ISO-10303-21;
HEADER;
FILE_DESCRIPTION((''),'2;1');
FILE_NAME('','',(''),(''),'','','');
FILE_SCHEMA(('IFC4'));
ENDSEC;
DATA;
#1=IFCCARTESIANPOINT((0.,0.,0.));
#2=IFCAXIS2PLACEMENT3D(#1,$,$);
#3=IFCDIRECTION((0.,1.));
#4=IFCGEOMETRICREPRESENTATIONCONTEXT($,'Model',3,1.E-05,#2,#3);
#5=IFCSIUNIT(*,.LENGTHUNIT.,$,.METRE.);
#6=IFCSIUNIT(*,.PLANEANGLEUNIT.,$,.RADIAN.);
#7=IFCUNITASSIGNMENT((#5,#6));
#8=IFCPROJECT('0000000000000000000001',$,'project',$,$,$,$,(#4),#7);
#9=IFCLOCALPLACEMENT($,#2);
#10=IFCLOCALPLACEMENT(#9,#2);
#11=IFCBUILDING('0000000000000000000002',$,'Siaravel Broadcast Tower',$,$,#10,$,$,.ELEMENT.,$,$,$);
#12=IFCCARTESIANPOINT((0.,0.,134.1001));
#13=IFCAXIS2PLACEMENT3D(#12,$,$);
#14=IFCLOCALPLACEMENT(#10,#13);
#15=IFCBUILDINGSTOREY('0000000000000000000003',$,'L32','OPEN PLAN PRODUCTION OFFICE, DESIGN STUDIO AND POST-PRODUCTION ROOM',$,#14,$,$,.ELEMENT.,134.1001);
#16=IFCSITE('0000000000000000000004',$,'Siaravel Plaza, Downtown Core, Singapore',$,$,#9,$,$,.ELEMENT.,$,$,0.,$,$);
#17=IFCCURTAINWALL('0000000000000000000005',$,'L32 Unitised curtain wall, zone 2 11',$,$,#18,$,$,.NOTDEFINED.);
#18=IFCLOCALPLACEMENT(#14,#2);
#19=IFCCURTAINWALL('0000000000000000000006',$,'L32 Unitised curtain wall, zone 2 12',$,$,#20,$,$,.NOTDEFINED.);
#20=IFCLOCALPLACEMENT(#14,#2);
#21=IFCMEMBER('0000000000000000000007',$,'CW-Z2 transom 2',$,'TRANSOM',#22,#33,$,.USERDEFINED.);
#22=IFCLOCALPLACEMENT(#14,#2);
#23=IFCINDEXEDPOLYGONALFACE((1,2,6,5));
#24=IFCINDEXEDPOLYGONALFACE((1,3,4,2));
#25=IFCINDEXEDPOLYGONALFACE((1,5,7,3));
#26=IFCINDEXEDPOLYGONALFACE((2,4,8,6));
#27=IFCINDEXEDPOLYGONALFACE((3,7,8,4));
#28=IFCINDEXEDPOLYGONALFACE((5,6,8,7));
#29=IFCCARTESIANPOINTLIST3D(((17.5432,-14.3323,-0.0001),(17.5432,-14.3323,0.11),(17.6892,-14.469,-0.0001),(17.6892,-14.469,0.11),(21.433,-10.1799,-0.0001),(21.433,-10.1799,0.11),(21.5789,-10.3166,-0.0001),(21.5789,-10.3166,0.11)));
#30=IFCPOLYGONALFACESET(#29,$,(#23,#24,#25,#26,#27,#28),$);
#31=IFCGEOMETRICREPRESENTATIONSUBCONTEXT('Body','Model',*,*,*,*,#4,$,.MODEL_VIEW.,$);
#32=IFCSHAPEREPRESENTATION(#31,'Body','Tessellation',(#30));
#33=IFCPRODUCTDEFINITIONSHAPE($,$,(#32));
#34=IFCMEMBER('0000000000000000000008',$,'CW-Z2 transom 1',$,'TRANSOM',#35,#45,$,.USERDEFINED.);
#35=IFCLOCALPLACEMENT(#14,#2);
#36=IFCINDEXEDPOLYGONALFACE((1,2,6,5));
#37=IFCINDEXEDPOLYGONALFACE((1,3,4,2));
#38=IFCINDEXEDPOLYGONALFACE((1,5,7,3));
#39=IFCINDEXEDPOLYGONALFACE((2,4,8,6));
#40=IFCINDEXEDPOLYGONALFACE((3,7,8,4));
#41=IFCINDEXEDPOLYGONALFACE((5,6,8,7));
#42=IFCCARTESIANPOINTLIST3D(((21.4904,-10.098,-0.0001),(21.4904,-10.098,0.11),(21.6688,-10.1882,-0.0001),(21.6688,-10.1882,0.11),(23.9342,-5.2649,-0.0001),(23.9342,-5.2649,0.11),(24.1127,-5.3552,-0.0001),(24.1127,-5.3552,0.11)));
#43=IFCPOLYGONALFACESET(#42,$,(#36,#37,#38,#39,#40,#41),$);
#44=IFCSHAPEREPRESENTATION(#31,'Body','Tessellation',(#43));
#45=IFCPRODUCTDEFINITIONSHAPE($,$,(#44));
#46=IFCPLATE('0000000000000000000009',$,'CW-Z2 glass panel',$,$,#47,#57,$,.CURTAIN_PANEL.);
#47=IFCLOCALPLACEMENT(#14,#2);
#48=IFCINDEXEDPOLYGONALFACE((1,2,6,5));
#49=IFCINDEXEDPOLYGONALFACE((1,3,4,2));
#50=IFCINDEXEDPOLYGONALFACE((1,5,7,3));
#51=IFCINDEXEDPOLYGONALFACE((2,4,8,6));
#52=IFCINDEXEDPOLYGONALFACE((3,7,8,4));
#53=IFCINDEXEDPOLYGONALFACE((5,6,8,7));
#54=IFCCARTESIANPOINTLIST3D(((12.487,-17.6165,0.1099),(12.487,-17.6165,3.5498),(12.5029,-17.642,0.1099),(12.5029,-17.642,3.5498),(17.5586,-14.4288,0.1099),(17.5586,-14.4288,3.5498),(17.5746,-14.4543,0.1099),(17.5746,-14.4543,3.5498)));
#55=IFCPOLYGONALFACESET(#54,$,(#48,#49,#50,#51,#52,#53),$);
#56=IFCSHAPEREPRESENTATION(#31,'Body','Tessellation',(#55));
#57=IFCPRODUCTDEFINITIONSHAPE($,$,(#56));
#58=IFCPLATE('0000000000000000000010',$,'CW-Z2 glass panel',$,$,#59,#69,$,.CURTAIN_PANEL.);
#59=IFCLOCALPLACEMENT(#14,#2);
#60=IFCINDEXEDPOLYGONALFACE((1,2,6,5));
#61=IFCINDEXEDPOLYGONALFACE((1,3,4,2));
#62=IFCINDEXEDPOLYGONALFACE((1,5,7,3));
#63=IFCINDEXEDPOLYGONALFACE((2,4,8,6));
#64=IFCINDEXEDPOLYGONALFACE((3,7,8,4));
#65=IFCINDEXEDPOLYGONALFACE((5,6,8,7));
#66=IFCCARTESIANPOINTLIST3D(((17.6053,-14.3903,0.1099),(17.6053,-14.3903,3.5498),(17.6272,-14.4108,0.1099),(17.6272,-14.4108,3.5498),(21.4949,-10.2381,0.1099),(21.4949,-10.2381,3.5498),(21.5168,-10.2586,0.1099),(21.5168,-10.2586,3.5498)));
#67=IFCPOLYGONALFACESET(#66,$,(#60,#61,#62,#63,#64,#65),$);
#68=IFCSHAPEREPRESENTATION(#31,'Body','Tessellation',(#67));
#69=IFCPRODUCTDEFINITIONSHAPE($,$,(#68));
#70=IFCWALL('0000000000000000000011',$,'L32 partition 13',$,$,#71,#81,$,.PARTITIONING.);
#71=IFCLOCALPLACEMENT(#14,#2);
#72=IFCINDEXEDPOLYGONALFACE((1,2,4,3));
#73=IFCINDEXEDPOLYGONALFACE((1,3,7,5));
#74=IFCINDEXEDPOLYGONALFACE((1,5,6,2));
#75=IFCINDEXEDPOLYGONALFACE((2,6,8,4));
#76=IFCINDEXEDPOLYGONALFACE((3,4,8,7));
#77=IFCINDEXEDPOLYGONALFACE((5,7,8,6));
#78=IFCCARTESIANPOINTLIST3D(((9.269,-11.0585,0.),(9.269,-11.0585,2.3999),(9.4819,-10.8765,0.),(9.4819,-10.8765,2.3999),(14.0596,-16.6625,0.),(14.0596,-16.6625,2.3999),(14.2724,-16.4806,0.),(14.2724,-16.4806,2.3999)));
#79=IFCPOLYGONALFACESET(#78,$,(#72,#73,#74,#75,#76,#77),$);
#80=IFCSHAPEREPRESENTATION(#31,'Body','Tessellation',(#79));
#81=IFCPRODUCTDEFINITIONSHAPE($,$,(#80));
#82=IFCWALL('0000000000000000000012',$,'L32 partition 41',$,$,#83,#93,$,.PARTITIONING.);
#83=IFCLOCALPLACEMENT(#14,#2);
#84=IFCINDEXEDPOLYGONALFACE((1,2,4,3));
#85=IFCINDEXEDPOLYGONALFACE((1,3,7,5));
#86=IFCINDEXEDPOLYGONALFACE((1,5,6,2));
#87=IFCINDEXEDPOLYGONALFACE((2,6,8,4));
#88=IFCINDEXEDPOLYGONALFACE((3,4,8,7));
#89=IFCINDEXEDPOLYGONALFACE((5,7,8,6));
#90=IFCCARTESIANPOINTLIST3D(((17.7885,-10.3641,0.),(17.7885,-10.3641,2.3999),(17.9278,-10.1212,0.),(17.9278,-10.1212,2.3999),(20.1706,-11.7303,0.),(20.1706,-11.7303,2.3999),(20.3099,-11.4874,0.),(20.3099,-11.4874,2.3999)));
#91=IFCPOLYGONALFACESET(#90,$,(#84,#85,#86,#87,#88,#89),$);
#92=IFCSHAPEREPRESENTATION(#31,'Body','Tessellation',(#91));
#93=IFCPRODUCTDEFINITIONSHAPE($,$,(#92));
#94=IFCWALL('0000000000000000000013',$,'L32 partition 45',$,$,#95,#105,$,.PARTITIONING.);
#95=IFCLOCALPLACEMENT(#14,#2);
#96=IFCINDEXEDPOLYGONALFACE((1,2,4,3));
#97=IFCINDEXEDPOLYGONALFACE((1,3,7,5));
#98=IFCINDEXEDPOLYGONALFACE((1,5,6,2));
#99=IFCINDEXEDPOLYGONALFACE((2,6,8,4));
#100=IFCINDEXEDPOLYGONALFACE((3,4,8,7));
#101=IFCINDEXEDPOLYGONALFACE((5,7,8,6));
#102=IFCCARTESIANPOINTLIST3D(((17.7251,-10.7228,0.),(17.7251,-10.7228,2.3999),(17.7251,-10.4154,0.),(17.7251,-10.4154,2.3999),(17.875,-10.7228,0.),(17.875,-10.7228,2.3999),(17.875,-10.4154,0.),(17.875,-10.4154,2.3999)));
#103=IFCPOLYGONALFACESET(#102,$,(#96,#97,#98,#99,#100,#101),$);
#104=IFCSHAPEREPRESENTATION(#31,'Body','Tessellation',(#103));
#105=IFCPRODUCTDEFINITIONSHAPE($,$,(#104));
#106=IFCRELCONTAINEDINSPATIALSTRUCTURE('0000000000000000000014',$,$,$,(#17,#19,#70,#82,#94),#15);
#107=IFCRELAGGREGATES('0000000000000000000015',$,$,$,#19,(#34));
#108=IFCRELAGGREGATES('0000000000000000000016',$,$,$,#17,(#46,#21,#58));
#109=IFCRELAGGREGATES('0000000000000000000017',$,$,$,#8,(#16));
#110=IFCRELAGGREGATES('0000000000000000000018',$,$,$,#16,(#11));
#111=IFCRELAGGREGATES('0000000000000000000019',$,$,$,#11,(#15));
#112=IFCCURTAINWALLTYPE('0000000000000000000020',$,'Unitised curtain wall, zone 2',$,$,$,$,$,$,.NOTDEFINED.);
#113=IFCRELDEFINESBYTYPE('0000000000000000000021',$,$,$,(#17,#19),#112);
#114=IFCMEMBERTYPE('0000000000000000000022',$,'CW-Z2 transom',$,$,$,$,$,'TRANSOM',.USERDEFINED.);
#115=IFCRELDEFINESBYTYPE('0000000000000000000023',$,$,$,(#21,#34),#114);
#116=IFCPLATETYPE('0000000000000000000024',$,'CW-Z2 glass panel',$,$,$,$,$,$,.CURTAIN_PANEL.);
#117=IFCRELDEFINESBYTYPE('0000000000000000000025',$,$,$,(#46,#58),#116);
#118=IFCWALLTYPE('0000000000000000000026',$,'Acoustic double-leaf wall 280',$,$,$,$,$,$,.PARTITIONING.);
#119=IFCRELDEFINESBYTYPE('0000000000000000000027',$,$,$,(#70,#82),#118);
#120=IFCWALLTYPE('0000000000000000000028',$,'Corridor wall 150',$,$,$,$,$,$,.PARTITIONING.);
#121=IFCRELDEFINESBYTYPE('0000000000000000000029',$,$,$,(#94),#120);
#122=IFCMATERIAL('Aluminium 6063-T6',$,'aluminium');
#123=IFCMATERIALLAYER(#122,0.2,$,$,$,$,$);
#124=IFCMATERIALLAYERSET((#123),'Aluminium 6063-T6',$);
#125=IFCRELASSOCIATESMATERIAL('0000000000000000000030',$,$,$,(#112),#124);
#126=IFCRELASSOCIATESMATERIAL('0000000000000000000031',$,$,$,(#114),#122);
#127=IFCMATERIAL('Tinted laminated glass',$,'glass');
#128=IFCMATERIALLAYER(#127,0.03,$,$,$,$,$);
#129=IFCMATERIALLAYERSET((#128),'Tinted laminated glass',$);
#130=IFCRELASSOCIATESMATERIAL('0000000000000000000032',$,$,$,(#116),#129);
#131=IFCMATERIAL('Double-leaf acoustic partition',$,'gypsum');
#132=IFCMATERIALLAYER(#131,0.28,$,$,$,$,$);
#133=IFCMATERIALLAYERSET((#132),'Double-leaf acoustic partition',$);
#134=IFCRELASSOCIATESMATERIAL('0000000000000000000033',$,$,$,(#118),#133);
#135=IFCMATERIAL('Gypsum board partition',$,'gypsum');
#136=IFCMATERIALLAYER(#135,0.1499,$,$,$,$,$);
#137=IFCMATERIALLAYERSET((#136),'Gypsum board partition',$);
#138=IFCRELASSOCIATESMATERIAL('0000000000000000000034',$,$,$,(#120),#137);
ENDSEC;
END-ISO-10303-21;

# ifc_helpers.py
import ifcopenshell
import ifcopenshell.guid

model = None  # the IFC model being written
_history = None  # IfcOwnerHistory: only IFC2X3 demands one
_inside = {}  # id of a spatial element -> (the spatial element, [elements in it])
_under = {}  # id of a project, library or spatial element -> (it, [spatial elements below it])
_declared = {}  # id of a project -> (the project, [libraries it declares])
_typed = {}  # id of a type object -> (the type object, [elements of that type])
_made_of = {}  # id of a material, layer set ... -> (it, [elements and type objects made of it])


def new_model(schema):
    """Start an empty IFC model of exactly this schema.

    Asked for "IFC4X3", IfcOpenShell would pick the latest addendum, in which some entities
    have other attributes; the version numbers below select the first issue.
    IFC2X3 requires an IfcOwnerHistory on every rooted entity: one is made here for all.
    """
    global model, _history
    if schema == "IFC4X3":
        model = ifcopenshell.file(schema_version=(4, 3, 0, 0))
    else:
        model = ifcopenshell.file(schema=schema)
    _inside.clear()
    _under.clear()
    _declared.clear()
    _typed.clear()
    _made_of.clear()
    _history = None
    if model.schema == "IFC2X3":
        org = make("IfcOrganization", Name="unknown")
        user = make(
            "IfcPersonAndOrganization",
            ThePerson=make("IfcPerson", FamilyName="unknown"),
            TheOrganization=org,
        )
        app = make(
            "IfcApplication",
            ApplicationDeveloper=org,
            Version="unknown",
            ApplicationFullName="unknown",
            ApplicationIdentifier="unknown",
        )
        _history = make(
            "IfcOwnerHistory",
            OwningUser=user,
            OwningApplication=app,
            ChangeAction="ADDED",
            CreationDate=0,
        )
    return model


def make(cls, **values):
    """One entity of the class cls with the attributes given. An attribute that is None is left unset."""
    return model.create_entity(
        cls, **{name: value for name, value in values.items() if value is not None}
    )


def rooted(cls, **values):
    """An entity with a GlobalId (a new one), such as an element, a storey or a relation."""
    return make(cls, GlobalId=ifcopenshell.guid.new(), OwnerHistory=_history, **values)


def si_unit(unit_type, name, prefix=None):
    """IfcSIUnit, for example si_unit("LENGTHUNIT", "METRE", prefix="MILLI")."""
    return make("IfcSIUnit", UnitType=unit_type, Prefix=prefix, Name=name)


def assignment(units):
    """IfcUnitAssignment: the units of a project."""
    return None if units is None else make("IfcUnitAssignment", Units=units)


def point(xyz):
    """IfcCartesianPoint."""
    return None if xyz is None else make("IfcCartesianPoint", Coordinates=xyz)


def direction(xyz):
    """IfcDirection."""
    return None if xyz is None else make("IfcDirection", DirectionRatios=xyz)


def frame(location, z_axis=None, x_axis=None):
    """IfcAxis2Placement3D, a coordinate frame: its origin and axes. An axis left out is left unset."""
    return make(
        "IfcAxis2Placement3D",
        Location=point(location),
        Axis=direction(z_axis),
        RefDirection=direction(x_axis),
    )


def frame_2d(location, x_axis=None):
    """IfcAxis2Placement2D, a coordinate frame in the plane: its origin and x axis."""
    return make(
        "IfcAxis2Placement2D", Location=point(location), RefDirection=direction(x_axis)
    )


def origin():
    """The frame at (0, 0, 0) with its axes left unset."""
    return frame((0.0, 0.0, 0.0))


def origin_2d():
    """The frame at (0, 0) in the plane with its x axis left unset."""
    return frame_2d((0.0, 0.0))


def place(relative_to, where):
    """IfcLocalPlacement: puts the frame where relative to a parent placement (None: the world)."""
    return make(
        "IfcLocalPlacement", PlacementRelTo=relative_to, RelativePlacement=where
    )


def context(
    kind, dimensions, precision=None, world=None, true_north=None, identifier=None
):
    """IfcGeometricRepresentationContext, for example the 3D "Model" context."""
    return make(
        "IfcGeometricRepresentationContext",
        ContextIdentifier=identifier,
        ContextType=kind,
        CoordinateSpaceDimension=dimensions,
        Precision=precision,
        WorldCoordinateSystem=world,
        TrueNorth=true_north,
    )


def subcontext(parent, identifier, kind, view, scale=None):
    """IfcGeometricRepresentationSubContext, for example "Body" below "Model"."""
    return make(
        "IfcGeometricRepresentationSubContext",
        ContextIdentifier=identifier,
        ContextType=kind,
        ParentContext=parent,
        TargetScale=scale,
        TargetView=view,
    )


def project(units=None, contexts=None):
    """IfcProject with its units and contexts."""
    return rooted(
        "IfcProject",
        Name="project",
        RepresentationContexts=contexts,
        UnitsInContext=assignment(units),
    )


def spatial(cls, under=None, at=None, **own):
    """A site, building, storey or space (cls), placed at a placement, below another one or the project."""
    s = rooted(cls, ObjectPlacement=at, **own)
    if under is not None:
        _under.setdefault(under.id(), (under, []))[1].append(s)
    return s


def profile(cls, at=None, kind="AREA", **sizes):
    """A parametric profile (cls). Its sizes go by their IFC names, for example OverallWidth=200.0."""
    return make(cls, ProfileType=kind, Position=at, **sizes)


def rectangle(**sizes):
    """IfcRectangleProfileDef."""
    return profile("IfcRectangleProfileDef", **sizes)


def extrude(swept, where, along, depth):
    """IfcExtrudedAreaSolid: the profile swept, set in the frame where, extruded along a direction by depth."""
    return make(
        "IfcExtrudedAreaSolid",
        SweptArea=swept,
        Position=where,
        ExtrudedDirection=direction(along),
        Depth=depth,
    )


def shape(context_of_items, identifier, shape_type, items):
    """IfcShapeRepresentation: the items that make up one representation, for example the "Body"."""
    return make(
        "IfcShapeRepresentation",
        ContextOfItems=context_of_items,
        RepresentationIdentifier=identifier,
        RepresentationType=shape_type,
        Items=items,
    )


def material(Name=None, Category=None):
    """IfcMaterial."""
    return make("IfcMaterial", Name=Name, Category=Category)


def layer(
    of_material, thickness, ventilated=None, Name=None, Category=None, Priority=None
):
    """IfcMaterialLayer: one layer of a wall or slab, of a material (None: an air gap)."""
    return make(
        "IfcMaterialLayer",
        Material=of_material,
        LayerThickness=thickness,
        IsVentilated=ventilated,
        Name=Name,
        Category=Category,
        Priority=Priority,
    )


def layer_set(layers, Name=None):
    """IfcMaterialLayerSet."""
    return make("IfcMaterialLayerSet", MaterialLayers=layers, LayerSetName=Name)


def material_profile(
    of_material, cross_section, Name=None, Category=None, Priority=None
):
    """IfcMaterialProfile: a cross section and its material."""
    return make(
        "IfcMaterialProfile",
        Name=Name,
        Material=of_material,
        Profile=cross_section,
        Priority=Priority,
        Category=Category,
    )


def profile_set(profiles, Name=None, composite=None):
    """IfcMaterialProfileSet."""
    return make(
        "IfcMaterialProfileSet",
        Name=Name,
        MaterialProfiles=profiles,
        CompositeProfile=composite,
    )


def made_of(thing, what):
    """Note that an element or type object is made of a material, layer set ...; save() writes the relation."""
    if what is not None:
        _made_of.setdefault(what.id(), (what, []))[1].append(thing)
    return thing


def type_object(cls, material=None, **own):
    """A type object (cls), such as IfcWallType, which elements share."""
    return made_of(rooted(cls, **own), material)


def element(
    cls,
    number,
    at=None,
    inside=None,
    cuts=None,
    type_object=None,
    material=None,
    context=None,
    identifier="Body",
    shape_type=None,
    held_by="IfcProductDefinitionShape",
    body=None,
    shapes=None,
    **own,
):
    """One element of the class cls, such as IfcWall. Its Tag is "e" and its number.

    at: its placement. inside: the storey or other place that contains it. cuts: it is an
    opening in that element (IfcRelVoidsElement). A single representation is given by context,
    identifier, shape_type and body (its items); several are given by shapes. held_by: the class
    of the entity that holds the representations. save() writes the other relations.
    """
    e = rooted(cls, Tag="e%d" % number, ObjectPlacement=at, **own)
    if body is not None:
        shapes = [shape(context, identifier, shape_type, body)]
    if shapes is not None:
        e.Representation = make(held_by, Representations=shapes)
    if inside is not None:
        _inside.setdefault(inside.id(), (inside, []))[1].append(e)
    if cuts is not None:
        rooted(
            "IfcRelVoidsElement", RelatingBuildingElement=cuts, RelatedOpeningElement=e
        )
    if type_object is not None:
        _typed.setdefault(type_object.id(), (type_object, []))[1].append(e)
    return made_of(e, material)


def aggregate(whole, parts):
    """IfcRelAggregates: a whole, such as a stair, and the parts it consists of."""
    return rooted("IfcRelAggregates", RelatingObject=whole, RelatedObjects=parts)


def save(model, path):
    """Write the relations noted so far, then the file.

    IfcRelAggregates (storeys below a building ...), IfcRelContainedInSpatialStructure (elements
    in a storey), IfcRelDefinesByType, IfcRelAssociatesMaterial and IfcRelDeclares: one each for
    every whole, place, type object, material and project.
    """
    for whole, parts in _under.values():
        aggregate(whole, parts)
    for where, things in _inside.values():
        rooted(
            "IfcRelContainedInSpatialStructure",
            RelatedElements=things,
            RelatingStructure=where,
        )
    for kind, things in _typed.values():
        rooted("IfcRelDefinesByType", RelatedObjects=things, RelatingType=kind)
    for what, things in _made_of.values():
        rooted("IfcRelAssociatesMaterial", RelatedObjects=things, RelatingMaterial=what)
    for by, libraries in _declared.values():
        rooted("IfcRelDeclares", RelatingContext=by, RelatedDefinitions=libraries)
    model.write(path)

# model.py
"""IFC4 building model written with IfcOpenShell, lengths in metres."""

from ifc_helpers import new_model, si_unit, direction, frame, frame_2d, origin, origin_2d, place, context, subcontext, project, spatial, rectangle, extrude, material, layer, layer_set, material_profile, profile_set, type_object, element, aggregate, save


model = new_model("IFC4")

# Units and contexts
model_context = context("Model", 3, precision=1e-05, world=origin(), true_north=direction((0.0, 1.0)))
body_context = subcontext(model_context, "Body", "Model", "MODEL_VIEW")
ifc_project = project(units=[si_unit("LENGTHUNIT", "METRE"), si_unit("PLANEANGLEUNIT", "RADIAN")], contexts=[model_context])

# Site, building, storey
site_placement = place(None, origin())
site = spatial("IfcSite", under=ifc_project, at=site_placement, Name="Siaravel Plaza, Downtown Core, Singapore", CompositionType="ELEMENT", RefElevation=0.0)
building_placement = place(site_placement, origin())
building = spatial("IfcBuilding", under=site, at=building_placement, Name="Siaravel Broadcast Tower", CompositionType="ELEMENT")
storey_placement = place(building_placement, frame((0.0, 0.0, 134.1001)))
storey = spatial("IfcBuildingStorey", under=building, at=storey_placement, Name="L32", Description="OPEN PLAN PRODUCTION OFFICE, DESIGN STUDIO AND POST-PRODUCTION ROOM", CompositionType="ELEMENT", Elevation=134.1001)

# Curtain wall
ifc_material_1 = material(Name="Aluminium 6063-T6", Category="aluminium")
ifc_layer_1 = layer(ifc_material_1, 0.2)
ifc_layer_set_1 = layer_set([ifc_layer_1], Name="Aluminium 6063-T6")
curtain_wall_type = type_object("IfcCurtainWallType", Name="Unitised curtain wall, zone 2", PredefinedType="NOTDEFINED", material=ifc_layer_set_1)
curtain_wall_1_placement = place(storey_placement, origin())
curtain_wall_1 = element("IfcCurtainWall", 1, at=curtain_wall_1_placement, inside=storey, type_object=curtain_wall_type, Name="L32 Unitised curtain wall, zone 2 11", PredefinedType="NOTDEFINED")

# Curtain wall
curtain_wall_2_placement = place(storey_placement, origin())
curtain_wall_2 = element("IfcCurtainWall", 2, at=curtain_wall_2_placement, inside=storey, type_object=curtain_wall_type, Name="L32 Unitised curtain wall, zone 2 12", PredefinedType="NOTDEFINED")

# Members
ifc_material_profile_1 = material_profile(ifc_material_1, rectangle(XDim=0.2, YDim=0.1101, at=origin_2d()))
ifc_profile_set_1 = profile_set([ifc_material_profile_1], Name="Aluminium 6063-T6")
member_type_1 = type_object("IfcMemberType", Name="CW-Z2 transom", ElementType="TRANSOM", PredefinedType="USERDEFINED", material=ifc_profile_set_1)
member_1_placement = place(storey_placement, frame((17.6162, -14.4006, 0.0549), z_axis=(0.683644, 0.729815, 0.0), x_axis=(-0.729815, 0.683644, 0.0)))
member_1 = element("IfcMember", 3, at=member_1_placement, type_object=member_type_1, Name="CW-Z2 transom 2", ObjectType="TRANSOM", PredefinedType="USERDEFINED", context=body_context, shape_type="SweptSolid", body=[
    extrude(rectangle(XDim=0.2, YDim=0.1101, at=origin_2d()), origin(), (0.0, 0.0, 1.0), 5.6897),
])
member_2_placement = place(storey_placement, frame((21.5796, -10.1431, 0.0549), z_axis=(0.451248, 0.892398, 0.0), x_axis=(-0.892398, 0.451248, 0.0)))
member_2 = element("IfcMember", 4, at=member_2_placement, type_object=member_type_1, Name="CW-Z2 transom 1", ObjectType="TRANSOM", PredefinedType="USERDEFINED", context=body_context, shape_type="SweptSolid", body=[
    extrude(rectangle(XDim=0.2, YDim=0.1101, at=origin_2d()), origin(), (0.0, 0.0, 1.0), 5.4158),
])
aggregate(curtain_wall_2, [member_2])

# Plates
ifc_material_2 = material(Name="Tinted laminated glass", Category="glass")
ifc_layer_2 = layer(ifc_material_2, 0.03)
ifc_layer_set_2 = layer_set([ifc_layer_2], Name="Tinted laminated glass")
plate_type = type_object("IfcPlateType", Name="CW-Z2 glass panel", PredefinedType="CURTAIN_PANEL", material=ifc_layer_set_2)
plate_1_placement = place(storey_placement, frame((15.0308, -16.0354, 0.1099), z_axis=(0.0, 0.0, 1.0), x_axis=(0.846649, 0.532151, 0.0)))
plate_1 = element("IfcPlate", 5, at=plate_1_placement, type_object=plate_type, Name="CW-Z2 glass panel", PredefinedType="CURTAIN_PANEL", context=body_context, shape_type="SweptSolid", body=[
    extrude(rectangle(XDim=5.9902, YDim=0.03, at=origin_2d()), origin(), (0.0, 0.0, 1.0), 3.4399),
])
plate_2_placement = place(storey_placement, frame((19.561, -12.3245, 0.1099), z_axis=(0.0, 0.0, 1.0), x_axis=(0.683653, 0.729807, 0.0)))
plate_2 = element("IfcPlate", 6, at=plate_2_placement, type_object=plate_type, Name="CW-Z2 glass panel", PredefinedType="CURTAIN_PANEL", context=body_context, shape_type="SweptSolid", body=[
    extrude(rectangle(XDim=5.6895, YDim=0.03, at=origin_2d()), origin(), (0.0, 0.0, 1.0), 3.4399),
])
aggregate(curtain_wall_1, [plate_1, member_1, plate_2])

# Walls
ifc_material_3 = material(Name="Double-leaf acoustic partition", Category="gypsum")
ifc_layer_3 = layer(ifc_material_3, 0.28)
ifc_layer_set_3 = layer_set([ifc_layer_3], Name="Double-leaf acoustic partition")
wall_type_1 = type_object("IfcWallType", Name="Acoustic double-leaf wall 280", PredefinedType="PARTITIONING", material=ifc_layer_set_3)
wall_1_placement = place(storey_placement, frame((14.166, -16.5715, 0.0), z_axis=(0.0, 0.0, 1.0), x_axis=(-0.649782, 0.760121, 0.0)))
element("IfcWall", 7, at=wall_1_placement, inside=storey, type_object=wall_type_1, Name="L32 partition 13", PredefinedType="PARTITIONING", context=body_context, shape_type="SweptSolid", body=[
    extrude(rectangle(XDim=7.3726, YDim=0.28, at=frame_2d((3.6863, 0.0))), origin(), (0.0, 0.0, 1.0), 2.3999),
])
wall_2_placement = place(storey_placement, frame((20.2402, -11.6089, 0.0), z_axis=(0.0, 0.0, 1.0), x_axis=(-0.867454, 0.497517, 0.0)))
element("IfcWall", 8, at=wall_2_placement, inside=storey, type_object=wall_type_1, Name="L32 partition 41", PredefinedType="PARTITIONING", context=body_context, shape_type="SweptSolid", body=[
    extrude(rectangle(XDim=2.7461, YDim=0.28, at=frame_2d((1.373, 0.0))), origin(), (0.0, 0.0, 1.0), 2.3999),
])
ifc_material_4 = material(Name="Gypsum board partition", Category="gypsum")
ifc_layer_4 = layer(ifc_material_4, 0.1499)
ifc_layer_set_4 = layer_set([ifc_layer_4], Name="Gypsum board partition")
wall_type_2 = type_object("IfcWallType", Name="Corridor wall 150", PredefinedType="PARTITIONING", material=ifc_layer_set_4)
wall_3_placement = place(storey_placement, frame((17.8, -10.7229, 0.0), z_axis=(0.0, 0.0, 1.0), x_axis=(0.0, 1.0, 0.0)))
element("IfcWall", 9, at=wall_3_placement, inside=storey, type_object=wall_type_2, Name="L32 partition 45", PredefinedType="PARTITIONING", context=body_context, shape_type="SweptSolid", body=[
    extrude(rectangle(XDim=0.3074, YDim=0.1499, at=frame_2d((0.1538, 0.0))), origin(), (0.0, 0.0, 1.0), 2.3999),
])

save(model, "model.ifc")
